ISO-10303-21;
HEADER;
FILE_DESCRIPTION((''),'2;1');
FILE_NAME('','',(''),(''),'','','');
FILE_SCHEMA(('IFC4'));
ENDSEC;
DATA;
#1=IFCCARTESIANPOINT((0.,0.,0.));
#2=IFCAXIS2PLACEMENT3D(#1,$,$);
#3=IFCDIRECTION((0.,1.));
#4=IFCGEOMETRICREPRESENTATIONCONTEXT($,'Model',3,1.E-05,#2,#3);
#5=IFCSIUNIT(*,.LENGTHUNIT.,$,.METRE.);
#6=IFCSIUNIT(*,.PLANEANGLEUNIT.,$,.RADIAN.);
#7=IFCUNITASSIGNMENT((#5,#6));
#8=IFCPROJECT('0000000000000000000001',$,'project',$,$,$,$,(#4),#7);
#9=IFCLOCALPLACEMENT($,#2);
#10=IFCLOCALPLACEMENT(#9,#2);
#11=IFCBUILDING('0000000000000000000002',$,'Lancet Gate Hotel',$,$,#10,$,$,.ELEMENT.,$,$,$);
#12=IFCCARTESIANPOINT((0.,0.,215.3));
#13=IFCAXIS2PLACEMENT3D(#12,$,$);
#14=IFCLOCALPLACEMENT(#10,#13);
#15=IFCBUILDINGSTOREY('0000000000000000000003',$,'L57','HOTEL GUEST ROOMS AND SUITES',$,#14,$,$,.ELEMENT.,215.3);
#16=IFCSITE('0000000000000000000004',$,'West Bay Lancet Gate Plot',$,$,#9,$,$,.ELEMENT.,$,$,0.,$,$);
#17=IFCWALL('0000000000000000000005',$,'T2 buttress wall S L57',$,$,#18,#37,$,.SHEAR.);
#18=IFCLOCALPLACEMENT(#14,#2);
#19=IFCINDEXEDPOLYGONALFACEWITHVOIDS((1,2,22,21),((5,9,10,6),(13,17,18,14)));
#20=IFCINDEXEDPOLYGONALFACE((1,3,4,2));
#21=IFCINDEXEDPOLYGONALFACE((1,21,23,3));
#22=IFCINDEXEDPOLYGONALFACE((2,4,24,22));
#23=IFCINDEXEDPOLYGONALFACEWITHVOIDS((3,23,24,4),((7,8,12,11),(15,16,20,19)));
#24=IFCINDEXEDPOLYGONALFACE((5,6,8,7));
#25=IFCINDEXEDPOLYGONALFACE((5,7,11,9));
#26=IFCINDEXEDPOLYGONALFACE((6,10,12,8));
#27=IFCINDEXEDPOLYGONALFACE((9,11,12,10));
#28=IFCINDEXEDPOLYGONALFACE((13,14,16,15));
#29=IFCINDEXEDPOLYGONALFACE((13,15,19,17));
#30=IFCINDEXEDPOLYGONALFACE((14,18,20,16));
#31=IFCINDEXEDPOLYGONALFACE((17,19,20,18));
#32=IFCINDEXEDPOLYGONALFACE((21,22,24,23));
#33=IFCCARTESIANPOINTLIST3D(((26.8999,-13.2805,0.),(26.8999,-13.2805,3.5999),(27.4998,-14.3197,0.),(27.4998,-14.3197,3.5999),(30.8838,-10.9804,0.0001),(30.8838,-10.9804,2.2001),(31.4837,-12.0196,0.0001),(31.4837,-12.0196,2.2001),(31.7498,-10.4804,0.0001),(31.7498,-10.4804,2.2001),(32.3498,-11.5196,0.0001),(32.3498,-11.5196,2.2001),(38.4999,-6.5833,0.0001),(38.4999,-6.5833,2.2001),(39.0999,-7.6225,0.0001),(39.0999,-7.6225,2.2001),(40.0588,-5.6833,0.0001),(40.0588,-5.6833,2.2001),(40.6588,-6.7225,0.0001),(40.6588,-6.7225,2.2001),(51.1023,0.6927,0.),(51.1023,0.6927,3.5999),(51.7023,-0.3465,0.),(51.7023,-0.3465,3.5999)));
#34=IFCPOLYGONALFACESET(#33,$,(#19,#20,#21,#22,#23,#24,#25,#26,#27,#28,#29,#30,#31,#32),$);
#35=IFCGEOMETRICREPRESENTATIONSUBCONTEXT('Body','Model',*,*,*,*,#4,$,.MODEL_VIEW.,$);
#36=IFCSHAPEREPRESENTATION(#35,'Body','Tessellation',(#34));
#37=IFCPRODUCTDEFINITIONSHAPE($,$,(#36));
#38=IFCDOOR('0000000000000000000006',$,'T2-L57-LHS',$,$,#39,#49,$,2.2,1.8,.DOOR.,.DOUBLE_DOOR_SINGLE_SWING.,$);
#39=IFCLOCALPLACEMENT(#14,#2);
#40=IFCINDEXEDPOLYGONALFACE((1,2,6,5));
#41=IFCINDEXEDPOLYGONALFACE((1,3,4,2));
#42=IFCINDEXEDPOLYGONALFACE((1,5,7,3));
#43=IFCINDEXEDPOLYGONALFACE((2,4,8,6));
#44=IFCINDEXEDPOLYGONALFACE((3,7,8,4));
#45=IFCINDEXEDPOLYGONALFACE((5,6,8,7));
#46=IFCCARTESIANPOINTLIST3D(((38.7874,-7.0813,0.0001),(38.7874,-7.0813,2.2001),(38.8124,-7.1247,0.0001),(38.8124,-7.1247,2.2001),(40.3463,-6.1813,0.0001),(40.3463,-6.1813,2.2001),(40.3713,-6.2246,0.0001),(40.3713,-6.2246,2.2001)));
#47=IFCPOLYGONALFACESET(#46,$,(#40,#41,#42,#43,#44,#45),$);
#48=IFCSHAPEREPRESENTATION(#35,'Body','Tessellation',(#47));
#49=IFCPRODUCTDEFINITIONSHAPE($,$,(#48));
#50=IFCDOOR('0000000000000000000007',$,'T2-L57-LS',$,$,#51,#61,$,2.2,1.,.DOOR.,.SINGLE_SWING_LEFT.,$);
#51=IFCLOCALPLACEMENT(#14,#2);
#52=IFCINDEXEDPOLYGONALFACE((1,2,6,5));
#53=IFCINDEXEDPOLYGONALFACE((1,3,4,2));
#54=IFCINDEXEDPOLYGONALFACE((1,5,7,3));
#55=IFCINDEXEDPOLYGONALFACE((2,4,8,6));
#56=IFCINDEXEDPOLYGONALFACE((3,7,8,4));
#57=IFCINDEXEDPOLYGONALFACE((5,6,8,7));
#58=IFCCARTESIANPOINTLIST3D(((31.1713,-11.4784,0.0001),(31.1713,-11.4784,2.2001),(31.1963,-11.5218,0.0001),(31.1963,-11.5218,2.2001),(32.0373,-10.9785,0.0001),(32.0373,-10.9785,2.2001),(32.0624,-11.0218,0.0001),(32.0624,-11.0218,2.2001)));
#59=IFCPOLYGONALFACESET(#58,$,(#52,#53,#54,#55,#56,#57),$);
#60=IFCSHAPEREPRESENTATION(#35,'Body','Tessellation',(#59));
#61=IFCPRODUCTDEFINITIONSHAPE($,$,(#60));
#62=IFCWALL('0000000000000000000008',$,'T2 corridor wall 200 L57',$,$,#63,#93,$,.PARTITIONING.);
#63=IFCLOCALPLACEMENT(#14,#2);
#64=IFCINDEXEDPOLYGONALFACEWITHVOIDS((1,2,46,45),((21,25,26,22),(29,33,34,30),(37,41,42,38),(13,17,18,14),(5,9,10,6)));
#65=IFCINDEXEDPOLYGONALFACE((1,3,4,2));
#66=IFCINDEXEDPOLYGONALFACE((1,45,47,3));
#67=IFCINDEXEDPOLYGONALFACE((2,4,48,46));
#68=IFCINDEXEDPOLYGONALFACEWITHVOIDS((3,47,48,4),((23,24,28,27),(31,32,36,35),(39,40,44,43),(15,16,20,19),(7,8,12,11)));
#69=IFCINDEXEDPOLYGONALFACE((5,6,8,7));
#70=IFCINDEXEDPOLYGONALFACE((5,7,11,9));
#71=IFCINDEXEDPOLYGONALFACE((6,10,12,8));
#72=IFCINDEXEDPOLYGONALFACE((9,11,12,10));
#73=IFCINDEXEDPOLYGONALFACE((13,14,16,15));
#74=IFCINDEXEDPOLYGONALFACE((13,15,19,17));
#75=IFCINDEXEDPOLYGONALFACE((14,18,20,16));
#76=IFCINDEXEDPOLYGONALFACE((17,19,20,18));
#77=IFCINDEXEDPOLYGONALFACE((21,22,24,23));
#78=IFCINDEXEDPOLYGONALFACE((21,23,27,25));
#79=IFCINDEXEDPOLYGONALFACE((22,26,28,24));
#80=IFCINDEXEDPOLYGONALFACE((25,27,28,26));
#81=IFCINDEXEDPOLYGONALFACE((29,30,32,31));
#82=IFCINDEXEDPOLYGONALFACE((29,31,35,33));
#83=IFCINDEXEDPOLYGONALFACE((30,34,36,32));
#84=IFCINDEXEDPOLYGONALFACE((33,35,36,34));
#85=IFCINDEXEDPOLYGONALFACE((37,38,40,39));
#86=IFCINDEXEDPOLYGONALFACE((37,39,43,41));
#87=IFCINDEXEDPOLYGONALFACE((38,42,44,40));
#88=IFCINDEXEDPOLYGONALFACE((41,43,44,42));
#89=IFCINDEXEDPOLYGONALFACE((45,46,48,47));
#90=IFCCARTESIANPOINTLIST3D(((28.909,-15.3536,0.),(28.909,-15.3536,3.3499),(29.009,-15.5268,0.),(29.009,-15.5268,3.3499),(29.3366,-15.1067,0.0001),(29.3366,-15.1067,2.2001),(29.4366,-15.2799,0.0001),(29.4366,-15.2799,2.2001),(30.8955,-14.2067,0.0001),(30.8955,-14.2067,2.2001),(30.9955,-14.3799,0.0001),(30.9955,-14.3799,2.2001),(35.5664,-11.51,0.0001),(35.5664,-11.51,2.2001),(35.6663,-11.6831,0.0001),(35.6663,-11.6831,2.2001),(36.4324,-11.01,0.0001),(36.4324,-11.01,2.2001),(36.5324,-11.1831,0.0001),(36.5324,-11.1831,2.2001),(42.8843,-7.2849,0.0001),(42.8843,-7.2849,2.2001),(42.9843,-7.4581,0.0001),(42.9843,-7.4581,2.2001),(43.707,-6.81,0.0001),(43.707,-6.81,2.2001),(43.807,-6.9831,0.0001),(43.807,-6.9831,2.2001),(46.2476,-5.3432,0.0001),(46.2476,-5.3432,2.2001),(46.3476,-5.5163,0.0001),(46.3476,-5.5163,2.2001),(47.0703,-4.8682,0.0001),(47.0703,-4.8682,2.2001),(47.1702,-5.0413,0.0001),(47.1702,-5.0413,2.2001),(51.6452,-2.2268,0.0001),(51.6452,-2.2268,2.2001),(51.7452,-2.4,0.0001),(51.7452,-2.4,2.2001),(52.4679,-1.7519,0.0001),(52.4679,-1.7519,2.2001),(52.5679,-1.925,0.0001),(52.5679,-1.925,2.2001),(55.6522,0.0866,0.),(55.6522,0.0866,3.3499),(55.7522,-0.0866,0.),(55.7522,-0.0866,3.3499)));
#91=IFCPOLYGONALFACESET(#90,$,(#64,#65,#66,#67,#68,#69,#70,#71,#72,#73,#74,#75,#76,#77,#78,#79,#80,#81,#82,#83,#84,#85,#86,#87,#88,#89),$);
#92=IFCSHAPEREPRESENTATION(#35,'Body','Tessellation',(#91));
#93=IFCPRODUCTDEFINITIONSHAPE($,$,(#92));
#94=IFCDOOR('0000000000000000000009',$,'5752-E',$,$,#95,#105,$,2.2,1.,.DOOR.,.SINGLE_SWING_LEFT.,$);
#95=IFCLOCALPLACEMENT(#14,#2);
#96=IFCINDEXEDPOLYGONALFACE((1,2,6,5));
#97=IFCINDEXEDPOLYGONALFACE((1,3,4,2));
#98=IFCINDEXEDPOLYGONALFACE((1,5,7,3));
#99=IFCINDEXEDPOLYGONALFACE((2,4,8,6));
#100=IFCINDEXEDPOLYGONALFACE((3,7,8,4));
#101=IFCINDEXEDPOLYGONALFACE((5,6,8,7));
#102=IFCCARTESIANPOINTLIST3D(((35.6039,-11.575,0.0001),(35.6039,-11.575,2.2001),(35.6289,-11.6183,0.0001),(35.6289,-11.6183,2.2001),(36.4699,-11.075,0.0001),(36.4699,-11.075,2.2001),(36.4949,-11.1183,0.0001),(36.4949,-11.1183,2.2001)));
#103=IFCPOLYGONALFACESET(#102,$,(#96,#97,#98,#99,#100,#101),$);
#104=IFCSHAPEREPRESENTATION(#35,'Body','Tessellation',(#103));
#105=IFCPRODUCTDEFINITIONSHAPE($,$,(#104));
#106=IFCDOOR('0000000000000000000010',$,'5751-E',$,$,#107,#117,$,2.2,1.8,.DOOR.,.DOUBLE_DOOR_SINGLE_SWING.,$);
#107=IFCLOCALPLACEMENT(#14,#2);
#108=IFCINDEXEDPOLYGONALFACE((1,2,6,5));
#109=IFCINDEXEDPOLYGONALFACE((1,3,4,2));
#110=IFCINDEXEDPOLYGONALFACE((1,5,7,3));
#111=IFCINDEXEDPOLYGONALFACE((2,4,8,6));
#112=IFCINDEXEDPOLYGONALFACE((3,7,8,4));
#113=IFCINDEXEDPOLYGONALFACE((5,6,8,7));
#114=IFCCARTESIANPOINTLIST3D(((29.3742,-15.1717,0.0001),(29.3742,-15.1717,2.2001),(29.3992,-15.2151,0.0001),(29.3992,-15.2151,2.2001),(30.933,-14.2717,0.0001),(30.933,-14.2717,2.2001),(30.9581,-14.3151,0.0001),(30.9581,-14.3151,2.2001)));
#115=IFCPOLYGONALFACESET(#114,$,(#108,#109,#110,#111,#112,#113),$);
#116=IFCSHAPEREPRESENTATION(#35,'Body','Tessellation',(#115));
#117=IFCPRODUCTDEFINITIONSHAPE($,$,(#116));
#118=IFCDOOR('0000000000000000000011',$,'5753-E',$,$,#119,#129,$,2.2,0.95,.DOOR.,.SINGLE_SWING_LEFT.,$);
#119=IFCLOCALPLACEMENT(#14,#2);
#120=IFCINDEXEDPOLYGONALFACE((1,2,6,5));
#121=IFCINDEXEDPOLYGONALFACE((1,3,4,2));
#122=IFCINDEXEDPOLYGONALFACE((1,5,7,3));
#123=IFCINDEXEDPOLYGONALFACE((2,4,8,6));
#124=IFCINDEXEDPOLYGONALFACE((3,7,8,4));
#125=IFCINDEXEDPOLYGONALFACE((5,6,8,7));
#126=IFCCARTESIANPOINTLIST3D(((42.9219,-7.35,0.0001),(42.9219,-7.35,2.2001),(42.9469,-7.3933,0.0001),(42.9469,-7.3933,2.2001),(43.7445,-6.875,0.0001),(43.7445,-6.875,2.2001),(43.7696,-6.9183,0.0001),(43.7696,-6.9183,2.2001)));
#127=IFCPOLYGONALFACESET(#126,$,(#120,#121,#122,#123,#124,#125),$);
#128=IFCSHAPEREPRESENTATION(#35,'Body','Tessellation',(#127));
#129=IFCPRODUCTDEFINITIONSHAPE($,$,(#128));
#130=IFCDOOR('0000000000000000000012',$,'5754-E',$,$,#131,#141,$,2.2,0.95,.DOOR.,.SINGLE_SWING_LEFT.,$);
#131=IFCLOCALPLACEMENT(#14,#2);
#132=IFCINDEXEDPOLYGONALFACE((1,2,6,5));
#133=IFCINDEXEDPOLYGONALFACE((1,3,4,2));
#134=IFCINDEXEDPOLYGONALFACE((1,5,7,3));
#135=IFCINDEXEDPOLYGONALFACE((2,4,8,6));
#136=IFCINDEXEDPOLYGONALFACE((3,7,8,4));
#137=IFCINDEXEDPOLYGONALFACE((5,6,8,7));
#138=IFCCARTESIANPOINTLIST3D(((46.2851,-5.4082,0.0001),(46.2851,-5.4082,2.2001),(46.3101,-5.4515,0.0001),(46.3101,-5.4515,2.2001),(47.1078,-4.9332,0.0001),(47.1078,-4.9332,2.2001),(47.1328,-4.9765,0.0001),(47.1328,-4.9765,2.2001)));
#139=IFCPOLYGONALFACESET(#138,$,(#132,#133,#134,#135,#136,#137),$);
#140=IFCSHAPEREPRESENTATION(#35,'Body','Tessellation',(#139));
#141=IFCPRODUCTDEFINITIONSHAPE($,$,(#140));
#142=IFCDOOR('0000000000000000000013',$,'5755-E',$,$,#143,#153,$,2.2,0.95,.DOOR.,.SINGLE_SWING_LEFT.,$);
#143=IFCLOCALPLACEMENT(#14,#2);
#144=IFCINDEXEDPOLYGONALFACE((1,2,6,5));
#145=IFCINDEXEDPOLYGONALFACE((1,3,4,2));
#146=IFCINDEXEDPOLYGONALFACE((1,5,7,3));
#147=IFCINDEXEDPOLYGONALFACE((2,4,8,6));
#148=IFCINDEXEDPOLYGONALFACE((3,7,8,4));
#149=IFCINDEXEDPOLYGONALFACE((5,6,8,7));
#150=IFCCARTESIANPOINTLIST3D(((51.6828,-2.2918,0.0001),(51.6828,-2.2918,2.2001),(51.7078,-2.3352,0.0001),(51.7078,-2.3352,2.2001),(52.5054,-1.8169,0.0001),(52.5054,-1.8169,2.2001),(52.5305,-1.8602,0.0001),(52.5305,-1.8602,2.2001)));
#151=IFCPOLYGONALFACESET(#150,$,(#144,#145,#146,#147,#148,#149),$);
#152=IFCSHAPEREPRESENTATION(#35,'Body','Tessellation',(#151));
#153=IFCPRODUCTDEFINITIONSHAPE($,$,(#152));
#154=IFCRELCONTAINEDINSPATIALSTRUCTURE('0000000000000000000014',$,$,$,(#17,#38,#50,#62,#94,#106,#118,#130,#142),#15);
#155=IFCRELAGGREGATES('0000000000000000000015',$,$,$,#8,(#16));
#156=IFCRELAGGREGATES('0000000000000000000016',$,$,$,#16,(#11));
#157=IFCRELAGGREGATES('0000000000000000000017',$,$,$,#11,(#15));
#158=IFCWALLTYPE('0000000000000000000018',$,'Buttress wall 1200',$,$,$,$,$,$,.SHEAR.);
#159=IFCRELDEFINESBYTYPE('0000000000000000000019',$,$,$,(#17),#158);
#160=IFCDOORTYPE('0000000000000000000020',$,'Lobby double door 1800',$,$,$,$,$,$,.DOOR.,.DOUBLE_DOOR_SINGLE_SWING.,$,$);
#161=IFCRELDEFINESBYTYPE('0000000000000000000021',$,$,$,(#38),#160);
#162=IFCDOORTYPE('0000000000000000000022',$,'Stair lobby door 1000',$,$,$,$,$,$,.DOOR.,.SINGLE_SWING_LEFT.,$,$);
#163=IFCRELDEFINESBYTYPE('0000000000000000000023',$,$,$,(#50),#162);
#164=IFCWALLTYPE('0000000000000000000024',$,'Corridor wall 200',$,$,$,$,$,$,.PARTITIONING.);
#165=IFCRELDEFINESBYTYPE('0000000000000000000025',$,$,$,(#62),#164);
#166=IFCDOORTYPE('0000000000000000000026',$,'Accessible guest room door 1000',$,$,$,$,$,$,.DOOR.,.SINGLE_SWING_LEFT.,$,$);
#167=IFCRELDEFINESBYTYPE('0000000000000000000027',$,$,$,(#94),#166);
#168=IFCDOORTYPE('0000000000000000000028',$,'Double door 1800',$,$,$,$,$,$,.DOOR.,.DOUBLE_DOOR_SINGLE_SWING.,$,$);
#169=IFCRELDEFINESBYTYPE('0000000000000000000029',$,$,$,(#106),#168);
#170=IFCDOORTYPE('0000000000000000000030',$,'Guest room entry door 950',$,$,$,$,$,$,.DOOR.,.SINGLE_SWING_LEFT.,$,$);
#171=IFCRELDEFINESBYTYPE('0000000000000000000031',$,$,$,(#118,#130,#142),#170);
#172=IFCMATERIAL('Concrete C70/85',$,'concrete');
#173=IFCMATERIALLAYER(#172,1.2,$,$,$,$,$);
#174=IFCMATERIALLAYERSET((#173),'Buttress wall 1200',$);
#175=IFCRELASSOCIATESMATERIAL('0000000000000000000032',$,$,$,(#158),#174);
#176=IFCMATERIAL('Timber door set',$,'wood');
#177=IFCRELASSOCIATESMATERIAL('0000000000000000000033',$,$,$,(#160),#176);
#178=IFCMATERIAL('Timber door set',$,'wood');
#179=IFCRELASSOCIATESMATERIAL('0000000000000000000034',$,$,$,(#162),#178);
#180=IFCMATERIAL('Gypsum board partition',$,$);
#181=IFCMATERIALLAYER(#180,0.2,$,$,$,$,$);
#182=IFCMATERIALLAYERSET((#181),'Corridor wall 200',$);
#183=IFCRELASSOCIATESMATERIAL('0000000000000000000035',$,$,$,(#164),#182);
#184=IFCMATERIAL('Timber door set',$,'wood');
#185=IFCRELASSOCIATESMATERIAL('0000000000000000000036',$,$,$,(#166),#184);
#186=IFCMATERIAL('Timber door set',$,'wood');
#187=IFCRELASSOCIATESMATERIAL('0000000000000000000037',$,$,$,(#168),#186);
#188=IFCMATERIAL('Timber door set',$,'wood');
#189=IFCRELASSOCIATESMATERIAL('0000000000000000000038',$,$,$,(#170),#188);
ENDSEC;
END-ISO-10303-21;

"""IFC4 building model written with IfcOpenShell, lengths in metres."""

from ifc_helpers import new_model, si_unit, direction, frame, frame_2d, origin, place, context, subcontext, project, spatial, rectangle, extrude, material, layer, layer_set, type_object, element, fill, save


model = new_model("IFC4")

# Units and contexts
model_context = context("Model", 3, precision=1e-05, world=origin(), true_north=direction((0.0, 1.0)))
body_context = subcontext(model_context, "Body", "Model", "MODEL_VIEW")
ifc_project = project(units=[si_unit("LENGTHUNIT", "METRE"), si_unit("PLANEANGLEUNIT", "RADIAN")], contexts=[model_context])

# Site, building, storey
site_placement = place(None, origin())
site = spatial("IfcSite", under=ifc_project, at=site_placement, Name="West Bay Lancet Gate Plot", CompositionType="ELEMENT", RefElevation=0.0)
building_placement = place(site_placement, origin())
building = spatial("IfcBuilding", under=site, at=building_placement, Name="Lancet Gate Hotel", CompositionType="ELEMENT")
storey_placement = place(building_placement, frame((0.0, 0.0, 215.3)))
storey = spatial("IfcBuildingStorey", under=building, at=storey_placement, Name="L57", Description="HOTEL GUEST ROOMS AND SUITES", CompositionType="ELEMENT", Elevation=215.3)

# Walls, openings, doors
ifc_material_1 = material(Name="Concrete C70/85", Category="concrete")
ifc_layer_1 = layer(ifc_material_1, 1.2)
ifc_layer_set_1 = layer_set([ifc_layer_1], Name="Buttress wall 1200")
wall_type_1 = type_object("IfcWallType", Name="Buttress wall 1200", PredefinedType="SHEAR", material=ifc_layer_set_1)
wall_1_placement = place(storey_placement, frame((27.2, -13.8, 0.0), z_axis=(0.0, 0.0, 1.0), x_axis=(0.866027, 0.499997, 0.0)))
wall_1 = element("IfcWall", 1, at=wall_1_placement, inside=storey, type_object=wall_type_1, Name="T2 buttress wall S L57", PredefinedType="SHEAR", context=body_context, shape_type="SweptSolid", body=[
    extrude(rectangle(XDim=27.9465, YDim=1.2, at=frame_2d((13.9731, 0.0))), origin(), (0.0, 0.0, 1.0), 3.5999),
])
opening_1_placement = place(wall_1_placement, frame((4.6001, 0.0, 0.0)))
opening_1 = element("IfcOpeningElement", 2, at=opening_1_placement, cuts=wall_1, PredefinedType="OPENING", context=body_context, shape_type="SweptSolid", body=[
    extrude(rectangle(XDim=1.0, YDim=2.2, at=frame_2d((0.5, 1.1001))), frame((0.0, 0.6099, 0.0), z_axis=(0.0, -1.0, 0.0), x_axis=(1.0, 0.0, 0.0)), (0.0, 0.0, 1.0), 1.22),
])
opening_2_placement = place(wall_1_placement, frame((13.3945, 0.0, 0.0)))
opening_2 = element("IfcOpeningElement", 3, at=opening_2_placement, cuts=wall_1, PredefinedType="OPENING", context=body_context, shape_type="SweptSolid", body=[
    extrude(rectangle(XDim=1.8, YDim=2.2, at=frame_2d((0.8999, 1.1001))), frame((0.0, 0.6099, 0.0), z_axis=(0.0, -1.0, 0.0), x_axis=(1.0, 0.0, 0.0)), (0.0, 0.0, 1.0), 1.22),
])
ifc_material_2 = material(Name="Timber door set", Category="wood")
door_type_1 = type_object("IfcDoorType", Name="Lobby double door 1800", OperationType="DOUBLE_DOOR_SINGLE_SWING", PredefinedType="DOOR", material=ifc_material_2)
door_1_placement = place(opening_2_placement, origin())
door_1 = element("IfcDoor", 4, at=door_1_placement, inside=storey, type_object=door_type_1, Name="T2-L57-LHS", OperationType="DOUBLE_DOOR_SINGLE_SWING", OverallHeight=2.2, OverallWidth=1.8, PredefinedType="DOOR", context=body_context, shape_type="SweptSolid", body=[
    extrude(rectangle(XDim=1.8, YDim=2.2, at=frame_2d((0.8999, 1.1001))), frame((0.0, 0.0249, 0.0), z_axis=(0.0, -1.0, 0.0), x_axis=(1.0, 0.0, 0.0)), (0.0, 0.0, 1.0), 0.05),
])
fill(opening_2, door_1)
ifc_material_3 = material(Name="Timber door set", Category="wood")
door_type_2 = type_object("IfcDoorType", Name="Stair lobby door 1000", OperationType="SINGLE_SWING_LEFT", PredefinedType="DOOR", material=ifc_material_3)
door_2_placement = place(opening_1_placement, origin())
door_2 = element("IfcDoor", 5, at=door_2_placement, inside=storey, type_object=door_type_2, Name="T2-L57-LS", OperationType="SINGLE_SWING_LEFT", OverallHeight=2.2, OverallWidth=1.0, PredefinedType="DOOR", context=body_context, shape_type="SweptSolid", body=[
    extrude(rectangle(XDim=1.0, YDim=2.2, at=frame_2d((0.5, 1.1001))), frame((0.0, 0.0249, 0.0), z_axis=(0.0, -1.0, 0.0), x_axis=(1.0, 0.0, 0.0)), (0.0, 0.0, 1.0), 0.05),
])
fill(opening_1, door_2)
ifc_material_4 = material(Name="Gypsum board partition")
ifc_layer_2 = layer(ifc_material_4, 0.2)
ifc_layer_set_2 = layer_set([ifc_layer_2], Name="Corridor wall 200")
wall_type_2 = type_object("IfcWallType", Name="Corridor wall 200", PredefinedType="PARTITIONING", material=ifc_layer_set_2)
wall_2_placement = place(storey_placement, frame((28.959, -15.4402, 0.0), z_axis=(0.0, 0.0, 1.0), x_axis=(0.866025, 0.5, 0.0)))
wall_2 = element("IfcWall", 6, at=wall_2_placement, inside=storey, type_object=wall_type_2, Name="T2 corridor wall 200 L57", PredefinedType="PARTITIONING", context=body_context, shape_type="SweptSolid", body=[
    extrude(rectangle(XDim=30.8804, YDim=0.2, at=frame_2d((15.4402, 0.0))), origin(), (0.0, 0.0, 1.0), 3.3499),
])
opening_3_placement = place(wall_2_placement, frame((0.4939, 0.0, 0.0)))
opening_3 = element("IfcOpeningElement", 7, at=opening_3_placement, cuts=wall_2, PredefinedType="OPENING", context=body_context, shape_type="SweptSolid", body=[
    extrude(rectangle(XDim=1.8, YDim=2.2, at=frame_2d((0.8999, 1.1001))), frame((0.0, 0.1099, 0.0), z_axis=(0.0, -1.0, 0.0), x_axis=(1.0, 0.0, 0.0)), (0.0, 0.0, 1.0), 0.22),
])
opening_4_placement = place(wall_2_placement, frame((7.6873, 0.0, 0.0)))
opening_4 = element("IfcOpeningElement", 8, at=opening_4_placement, cuts=wall_2, PredefinedType="OPENING", context=body_context, shape_type="SweptSolid", body=[
    extrude(rectangle(XDim=1.0, YDim=2.2, at=frame_2d((0.5, 1.1001))), frame((0.0, 0.1099, 0.0), z_axis=(0.0, -1.0, 0.0), x_axis=(1.0, 0.0, 0.0)), (0.0, 0.0, 1.0), 0.22),
])
opening_5_placement = place(wall_2_placement, frame((16.1372, 0.0, 0.0)))
opening_5 = element("IfcOpeningElement", 9, at=opening_5_placement, cuts=wall_2, PredefinedType="OPENING", context=body_context, shape_type="SweptSolid", body=[
    extrude(rectangle(XDim=0.95, YDim=2.2, at=frame_2d((0.4751, 1.1001))), frame((0.0, 0.1099, 0.0), z_axis=(0.0, -1.0, 0.0), x_axis=(1.0, 0.0, 0.0)), (0.0, 0.0, 1.0), 0.22),
])
opening_6_placement = place(wall_2_placement, frame((20.0208, 0.0, 0.0)))
opening_6 = element("IfcOpeningElement", 10, at=opening_6_placement, cuts=wall_2, PredefinedType="OPENING", context=body_context, shape_type="SweptSolid", body=[
    extrude(rectangle(XDim=0.95, YDim=2.2, at=frame_2d((0.4751, 1.1001))), frame((0.0, 0.1099, 0.0), z_axis=(0.0, -1.0, 0.0), x_axis=(1.0, 0.0, 0.0)), (0.0, 0.0, 1.0), 0.22),
])
opening_7_placement = place(wall_2_placement, frame((26.2534, 0.0, 0.0)))
opening_7 = element("IfcOpeningElement", 11, at=opening_7_placement, cuts=wall_2, PredefinedType="OPENING", context=body_context, shape_type="SweptSolid", body=[
    extrude(rectangle(XDim=0.95, YDim=2.2, at=frame_2d((0.4751, 1.1001))), frame((0.0, 0.1099, 0.0), z_axis=(0.0, -1.0, 0.0), x_axis=(1.0, 0.0, 0.0)), (0.0, 0.0, 1.0), 0.22),
])
ifc_material_5 = material(Name="Timber door set", Category="wood")
door_type_3 = type_object("IfcDoorType", Name="Accessible guest room door 1000", OperationType="SINGLE_SWING_LEFT", PredefinedType="DOOR", material=ifc_material_5)
door_3_placement = place(opening_4_placement, origin())
door_3 = element("IfcDoor", 12, at=door_3_placement, inside=storey, type_object=door_type_3, Name="5752-E", OperationType="SINGLE_SWING_LEFT", OverallHeight=2.2, OverallWidth=1.0, PredefinedType="DOOR", context=body_context, shape_type="SweptSolid", body=[
    extrude(rectangle(XDim=1.0, YDim=2.2, at=frame_2d((0.5, 1.1001))), frame((0.0, 0.0249, 0.0), z_axis=(0.0, -1.0, 0.0), x_axis=(1.0, 0.0, 0.0)), (0.0, 0.0, 1.0), 0.05),
])
fill(opening_4, door_3)
ifc_material_6 = material(Name="Timber door set", Category="wood")
door_type_4 = type_object("IfcDoorType", Name="Double door 1800", OperationType="DOUBLE_DOOR_SINGLE_SWING", PredefinedType="DOOR", material=ifc_material_6)
door_4_placement = place(opening_3_placement, origin())
door_4 = element("IfcDoor", 13, at=door_4_placement, inside=storey, type_object=door_type_4, Name="5751-E", OperationType="DOUBLE_DOOR_SINGLE_SWING", OverallHeight=2.2, OverallWidth=1.8, PredefinedType="DOOR", context=body_context, shape_type="SweptSolid", body=[
    extrude(rectangle(XDim=1.8, YDim=2.2, at=frame_2d((0.8999, 1.1001))), frame((0.0, 0.0249, 0.0), z_axis=(0.0, -1.0, 0.0), x_axis=(1.0, 0.0, 0.0)), (0.0, 0.0, 1.0), 0.05),
])
fill(opening_3, door_4)
ifc_material_7 = material(Name="Timber door set", Category="wood")
door_type_5 = type_object("IfcDoorType", Name="Guest room entry door 950", OperationType="SINGLE_SWING_LEFT", PredefinedType="DOOR", material=ifc_material_7)
door_5_placement = place(opening_5_placement, origin())
door_5 = element("IfcDoor", 14, at=door_5_placement, inside=storey, type_object=door_type_5, Name="5753-E", OperationType="SINGLE_SWING_LEFT", OverallHeight=2.2, OverallWidth=0.95, PredefinedType="DOOR", context=body_context, shape_type="SweptSolid", body=[
    extrude(rectangle(XDim=0.95, YDim=2.2, at=frame_2d((0.4751, 1.1001))), frame((0.0, 0.0249, 0.0), z_axis=(0.0, -1.0, 0.0), x_axis=(1.0, 0.0, 0.0)), (0.0, 0.0, 1.0), 0.05),
])
fill(opening_5, door_5)
door_6_placement = place(opening_6_placement, origin())
door_6 = element("IfcDoor", 15, at=door_6_placement, inside=storey, type_object=door_type_5, Name="5754-E", OperationType="SINGLE_SWING_LEFT", OverallHeight=2.2, OverallWidth=0.95, PredefinedType="DOOR", context=body_context, shape_type="SweptSolid", body=[
    extrude(rectangle(XDim=0.95, YDim=2.2, at=frame_2d((0.4751, 1.1001))), frame((0.0, 0.0249, 0.0), z_axis=(0.0, -1.0, 0.0), x_axis=(1.0, 0.0, 0.0)), (0.0, 0.0, 1.0), 0.05),
])
fill(opening_6, door_6)
door_7_placement = place(opening_7_placement, origin())
door_7 = element("IfcDoor", 16, at=door_7_placement, inside=storey, type_object=door_type_5, Name="5755-E", OperationType="SINGLE_SWING_LEFT", OverallHeight=2.2, OverallWidth=0.95, PredefinedType="DOOR", context=body_context, shape_type="SweptSolid", body=[
    extrude(rectangle(XDim=0.95, YDim=2.2, at=frame_2d((0.4751, 1.1001))), frame((0.0, 0.0249, 0.0), z_axis=(0.0, -1.0, 0.0), x_axis=(1.0, 0.0, 0.0)), (0.0, 0.0, 1.0), 0.05),
])
fill(opening_7, door_7)

save(model, "model.ifc")
